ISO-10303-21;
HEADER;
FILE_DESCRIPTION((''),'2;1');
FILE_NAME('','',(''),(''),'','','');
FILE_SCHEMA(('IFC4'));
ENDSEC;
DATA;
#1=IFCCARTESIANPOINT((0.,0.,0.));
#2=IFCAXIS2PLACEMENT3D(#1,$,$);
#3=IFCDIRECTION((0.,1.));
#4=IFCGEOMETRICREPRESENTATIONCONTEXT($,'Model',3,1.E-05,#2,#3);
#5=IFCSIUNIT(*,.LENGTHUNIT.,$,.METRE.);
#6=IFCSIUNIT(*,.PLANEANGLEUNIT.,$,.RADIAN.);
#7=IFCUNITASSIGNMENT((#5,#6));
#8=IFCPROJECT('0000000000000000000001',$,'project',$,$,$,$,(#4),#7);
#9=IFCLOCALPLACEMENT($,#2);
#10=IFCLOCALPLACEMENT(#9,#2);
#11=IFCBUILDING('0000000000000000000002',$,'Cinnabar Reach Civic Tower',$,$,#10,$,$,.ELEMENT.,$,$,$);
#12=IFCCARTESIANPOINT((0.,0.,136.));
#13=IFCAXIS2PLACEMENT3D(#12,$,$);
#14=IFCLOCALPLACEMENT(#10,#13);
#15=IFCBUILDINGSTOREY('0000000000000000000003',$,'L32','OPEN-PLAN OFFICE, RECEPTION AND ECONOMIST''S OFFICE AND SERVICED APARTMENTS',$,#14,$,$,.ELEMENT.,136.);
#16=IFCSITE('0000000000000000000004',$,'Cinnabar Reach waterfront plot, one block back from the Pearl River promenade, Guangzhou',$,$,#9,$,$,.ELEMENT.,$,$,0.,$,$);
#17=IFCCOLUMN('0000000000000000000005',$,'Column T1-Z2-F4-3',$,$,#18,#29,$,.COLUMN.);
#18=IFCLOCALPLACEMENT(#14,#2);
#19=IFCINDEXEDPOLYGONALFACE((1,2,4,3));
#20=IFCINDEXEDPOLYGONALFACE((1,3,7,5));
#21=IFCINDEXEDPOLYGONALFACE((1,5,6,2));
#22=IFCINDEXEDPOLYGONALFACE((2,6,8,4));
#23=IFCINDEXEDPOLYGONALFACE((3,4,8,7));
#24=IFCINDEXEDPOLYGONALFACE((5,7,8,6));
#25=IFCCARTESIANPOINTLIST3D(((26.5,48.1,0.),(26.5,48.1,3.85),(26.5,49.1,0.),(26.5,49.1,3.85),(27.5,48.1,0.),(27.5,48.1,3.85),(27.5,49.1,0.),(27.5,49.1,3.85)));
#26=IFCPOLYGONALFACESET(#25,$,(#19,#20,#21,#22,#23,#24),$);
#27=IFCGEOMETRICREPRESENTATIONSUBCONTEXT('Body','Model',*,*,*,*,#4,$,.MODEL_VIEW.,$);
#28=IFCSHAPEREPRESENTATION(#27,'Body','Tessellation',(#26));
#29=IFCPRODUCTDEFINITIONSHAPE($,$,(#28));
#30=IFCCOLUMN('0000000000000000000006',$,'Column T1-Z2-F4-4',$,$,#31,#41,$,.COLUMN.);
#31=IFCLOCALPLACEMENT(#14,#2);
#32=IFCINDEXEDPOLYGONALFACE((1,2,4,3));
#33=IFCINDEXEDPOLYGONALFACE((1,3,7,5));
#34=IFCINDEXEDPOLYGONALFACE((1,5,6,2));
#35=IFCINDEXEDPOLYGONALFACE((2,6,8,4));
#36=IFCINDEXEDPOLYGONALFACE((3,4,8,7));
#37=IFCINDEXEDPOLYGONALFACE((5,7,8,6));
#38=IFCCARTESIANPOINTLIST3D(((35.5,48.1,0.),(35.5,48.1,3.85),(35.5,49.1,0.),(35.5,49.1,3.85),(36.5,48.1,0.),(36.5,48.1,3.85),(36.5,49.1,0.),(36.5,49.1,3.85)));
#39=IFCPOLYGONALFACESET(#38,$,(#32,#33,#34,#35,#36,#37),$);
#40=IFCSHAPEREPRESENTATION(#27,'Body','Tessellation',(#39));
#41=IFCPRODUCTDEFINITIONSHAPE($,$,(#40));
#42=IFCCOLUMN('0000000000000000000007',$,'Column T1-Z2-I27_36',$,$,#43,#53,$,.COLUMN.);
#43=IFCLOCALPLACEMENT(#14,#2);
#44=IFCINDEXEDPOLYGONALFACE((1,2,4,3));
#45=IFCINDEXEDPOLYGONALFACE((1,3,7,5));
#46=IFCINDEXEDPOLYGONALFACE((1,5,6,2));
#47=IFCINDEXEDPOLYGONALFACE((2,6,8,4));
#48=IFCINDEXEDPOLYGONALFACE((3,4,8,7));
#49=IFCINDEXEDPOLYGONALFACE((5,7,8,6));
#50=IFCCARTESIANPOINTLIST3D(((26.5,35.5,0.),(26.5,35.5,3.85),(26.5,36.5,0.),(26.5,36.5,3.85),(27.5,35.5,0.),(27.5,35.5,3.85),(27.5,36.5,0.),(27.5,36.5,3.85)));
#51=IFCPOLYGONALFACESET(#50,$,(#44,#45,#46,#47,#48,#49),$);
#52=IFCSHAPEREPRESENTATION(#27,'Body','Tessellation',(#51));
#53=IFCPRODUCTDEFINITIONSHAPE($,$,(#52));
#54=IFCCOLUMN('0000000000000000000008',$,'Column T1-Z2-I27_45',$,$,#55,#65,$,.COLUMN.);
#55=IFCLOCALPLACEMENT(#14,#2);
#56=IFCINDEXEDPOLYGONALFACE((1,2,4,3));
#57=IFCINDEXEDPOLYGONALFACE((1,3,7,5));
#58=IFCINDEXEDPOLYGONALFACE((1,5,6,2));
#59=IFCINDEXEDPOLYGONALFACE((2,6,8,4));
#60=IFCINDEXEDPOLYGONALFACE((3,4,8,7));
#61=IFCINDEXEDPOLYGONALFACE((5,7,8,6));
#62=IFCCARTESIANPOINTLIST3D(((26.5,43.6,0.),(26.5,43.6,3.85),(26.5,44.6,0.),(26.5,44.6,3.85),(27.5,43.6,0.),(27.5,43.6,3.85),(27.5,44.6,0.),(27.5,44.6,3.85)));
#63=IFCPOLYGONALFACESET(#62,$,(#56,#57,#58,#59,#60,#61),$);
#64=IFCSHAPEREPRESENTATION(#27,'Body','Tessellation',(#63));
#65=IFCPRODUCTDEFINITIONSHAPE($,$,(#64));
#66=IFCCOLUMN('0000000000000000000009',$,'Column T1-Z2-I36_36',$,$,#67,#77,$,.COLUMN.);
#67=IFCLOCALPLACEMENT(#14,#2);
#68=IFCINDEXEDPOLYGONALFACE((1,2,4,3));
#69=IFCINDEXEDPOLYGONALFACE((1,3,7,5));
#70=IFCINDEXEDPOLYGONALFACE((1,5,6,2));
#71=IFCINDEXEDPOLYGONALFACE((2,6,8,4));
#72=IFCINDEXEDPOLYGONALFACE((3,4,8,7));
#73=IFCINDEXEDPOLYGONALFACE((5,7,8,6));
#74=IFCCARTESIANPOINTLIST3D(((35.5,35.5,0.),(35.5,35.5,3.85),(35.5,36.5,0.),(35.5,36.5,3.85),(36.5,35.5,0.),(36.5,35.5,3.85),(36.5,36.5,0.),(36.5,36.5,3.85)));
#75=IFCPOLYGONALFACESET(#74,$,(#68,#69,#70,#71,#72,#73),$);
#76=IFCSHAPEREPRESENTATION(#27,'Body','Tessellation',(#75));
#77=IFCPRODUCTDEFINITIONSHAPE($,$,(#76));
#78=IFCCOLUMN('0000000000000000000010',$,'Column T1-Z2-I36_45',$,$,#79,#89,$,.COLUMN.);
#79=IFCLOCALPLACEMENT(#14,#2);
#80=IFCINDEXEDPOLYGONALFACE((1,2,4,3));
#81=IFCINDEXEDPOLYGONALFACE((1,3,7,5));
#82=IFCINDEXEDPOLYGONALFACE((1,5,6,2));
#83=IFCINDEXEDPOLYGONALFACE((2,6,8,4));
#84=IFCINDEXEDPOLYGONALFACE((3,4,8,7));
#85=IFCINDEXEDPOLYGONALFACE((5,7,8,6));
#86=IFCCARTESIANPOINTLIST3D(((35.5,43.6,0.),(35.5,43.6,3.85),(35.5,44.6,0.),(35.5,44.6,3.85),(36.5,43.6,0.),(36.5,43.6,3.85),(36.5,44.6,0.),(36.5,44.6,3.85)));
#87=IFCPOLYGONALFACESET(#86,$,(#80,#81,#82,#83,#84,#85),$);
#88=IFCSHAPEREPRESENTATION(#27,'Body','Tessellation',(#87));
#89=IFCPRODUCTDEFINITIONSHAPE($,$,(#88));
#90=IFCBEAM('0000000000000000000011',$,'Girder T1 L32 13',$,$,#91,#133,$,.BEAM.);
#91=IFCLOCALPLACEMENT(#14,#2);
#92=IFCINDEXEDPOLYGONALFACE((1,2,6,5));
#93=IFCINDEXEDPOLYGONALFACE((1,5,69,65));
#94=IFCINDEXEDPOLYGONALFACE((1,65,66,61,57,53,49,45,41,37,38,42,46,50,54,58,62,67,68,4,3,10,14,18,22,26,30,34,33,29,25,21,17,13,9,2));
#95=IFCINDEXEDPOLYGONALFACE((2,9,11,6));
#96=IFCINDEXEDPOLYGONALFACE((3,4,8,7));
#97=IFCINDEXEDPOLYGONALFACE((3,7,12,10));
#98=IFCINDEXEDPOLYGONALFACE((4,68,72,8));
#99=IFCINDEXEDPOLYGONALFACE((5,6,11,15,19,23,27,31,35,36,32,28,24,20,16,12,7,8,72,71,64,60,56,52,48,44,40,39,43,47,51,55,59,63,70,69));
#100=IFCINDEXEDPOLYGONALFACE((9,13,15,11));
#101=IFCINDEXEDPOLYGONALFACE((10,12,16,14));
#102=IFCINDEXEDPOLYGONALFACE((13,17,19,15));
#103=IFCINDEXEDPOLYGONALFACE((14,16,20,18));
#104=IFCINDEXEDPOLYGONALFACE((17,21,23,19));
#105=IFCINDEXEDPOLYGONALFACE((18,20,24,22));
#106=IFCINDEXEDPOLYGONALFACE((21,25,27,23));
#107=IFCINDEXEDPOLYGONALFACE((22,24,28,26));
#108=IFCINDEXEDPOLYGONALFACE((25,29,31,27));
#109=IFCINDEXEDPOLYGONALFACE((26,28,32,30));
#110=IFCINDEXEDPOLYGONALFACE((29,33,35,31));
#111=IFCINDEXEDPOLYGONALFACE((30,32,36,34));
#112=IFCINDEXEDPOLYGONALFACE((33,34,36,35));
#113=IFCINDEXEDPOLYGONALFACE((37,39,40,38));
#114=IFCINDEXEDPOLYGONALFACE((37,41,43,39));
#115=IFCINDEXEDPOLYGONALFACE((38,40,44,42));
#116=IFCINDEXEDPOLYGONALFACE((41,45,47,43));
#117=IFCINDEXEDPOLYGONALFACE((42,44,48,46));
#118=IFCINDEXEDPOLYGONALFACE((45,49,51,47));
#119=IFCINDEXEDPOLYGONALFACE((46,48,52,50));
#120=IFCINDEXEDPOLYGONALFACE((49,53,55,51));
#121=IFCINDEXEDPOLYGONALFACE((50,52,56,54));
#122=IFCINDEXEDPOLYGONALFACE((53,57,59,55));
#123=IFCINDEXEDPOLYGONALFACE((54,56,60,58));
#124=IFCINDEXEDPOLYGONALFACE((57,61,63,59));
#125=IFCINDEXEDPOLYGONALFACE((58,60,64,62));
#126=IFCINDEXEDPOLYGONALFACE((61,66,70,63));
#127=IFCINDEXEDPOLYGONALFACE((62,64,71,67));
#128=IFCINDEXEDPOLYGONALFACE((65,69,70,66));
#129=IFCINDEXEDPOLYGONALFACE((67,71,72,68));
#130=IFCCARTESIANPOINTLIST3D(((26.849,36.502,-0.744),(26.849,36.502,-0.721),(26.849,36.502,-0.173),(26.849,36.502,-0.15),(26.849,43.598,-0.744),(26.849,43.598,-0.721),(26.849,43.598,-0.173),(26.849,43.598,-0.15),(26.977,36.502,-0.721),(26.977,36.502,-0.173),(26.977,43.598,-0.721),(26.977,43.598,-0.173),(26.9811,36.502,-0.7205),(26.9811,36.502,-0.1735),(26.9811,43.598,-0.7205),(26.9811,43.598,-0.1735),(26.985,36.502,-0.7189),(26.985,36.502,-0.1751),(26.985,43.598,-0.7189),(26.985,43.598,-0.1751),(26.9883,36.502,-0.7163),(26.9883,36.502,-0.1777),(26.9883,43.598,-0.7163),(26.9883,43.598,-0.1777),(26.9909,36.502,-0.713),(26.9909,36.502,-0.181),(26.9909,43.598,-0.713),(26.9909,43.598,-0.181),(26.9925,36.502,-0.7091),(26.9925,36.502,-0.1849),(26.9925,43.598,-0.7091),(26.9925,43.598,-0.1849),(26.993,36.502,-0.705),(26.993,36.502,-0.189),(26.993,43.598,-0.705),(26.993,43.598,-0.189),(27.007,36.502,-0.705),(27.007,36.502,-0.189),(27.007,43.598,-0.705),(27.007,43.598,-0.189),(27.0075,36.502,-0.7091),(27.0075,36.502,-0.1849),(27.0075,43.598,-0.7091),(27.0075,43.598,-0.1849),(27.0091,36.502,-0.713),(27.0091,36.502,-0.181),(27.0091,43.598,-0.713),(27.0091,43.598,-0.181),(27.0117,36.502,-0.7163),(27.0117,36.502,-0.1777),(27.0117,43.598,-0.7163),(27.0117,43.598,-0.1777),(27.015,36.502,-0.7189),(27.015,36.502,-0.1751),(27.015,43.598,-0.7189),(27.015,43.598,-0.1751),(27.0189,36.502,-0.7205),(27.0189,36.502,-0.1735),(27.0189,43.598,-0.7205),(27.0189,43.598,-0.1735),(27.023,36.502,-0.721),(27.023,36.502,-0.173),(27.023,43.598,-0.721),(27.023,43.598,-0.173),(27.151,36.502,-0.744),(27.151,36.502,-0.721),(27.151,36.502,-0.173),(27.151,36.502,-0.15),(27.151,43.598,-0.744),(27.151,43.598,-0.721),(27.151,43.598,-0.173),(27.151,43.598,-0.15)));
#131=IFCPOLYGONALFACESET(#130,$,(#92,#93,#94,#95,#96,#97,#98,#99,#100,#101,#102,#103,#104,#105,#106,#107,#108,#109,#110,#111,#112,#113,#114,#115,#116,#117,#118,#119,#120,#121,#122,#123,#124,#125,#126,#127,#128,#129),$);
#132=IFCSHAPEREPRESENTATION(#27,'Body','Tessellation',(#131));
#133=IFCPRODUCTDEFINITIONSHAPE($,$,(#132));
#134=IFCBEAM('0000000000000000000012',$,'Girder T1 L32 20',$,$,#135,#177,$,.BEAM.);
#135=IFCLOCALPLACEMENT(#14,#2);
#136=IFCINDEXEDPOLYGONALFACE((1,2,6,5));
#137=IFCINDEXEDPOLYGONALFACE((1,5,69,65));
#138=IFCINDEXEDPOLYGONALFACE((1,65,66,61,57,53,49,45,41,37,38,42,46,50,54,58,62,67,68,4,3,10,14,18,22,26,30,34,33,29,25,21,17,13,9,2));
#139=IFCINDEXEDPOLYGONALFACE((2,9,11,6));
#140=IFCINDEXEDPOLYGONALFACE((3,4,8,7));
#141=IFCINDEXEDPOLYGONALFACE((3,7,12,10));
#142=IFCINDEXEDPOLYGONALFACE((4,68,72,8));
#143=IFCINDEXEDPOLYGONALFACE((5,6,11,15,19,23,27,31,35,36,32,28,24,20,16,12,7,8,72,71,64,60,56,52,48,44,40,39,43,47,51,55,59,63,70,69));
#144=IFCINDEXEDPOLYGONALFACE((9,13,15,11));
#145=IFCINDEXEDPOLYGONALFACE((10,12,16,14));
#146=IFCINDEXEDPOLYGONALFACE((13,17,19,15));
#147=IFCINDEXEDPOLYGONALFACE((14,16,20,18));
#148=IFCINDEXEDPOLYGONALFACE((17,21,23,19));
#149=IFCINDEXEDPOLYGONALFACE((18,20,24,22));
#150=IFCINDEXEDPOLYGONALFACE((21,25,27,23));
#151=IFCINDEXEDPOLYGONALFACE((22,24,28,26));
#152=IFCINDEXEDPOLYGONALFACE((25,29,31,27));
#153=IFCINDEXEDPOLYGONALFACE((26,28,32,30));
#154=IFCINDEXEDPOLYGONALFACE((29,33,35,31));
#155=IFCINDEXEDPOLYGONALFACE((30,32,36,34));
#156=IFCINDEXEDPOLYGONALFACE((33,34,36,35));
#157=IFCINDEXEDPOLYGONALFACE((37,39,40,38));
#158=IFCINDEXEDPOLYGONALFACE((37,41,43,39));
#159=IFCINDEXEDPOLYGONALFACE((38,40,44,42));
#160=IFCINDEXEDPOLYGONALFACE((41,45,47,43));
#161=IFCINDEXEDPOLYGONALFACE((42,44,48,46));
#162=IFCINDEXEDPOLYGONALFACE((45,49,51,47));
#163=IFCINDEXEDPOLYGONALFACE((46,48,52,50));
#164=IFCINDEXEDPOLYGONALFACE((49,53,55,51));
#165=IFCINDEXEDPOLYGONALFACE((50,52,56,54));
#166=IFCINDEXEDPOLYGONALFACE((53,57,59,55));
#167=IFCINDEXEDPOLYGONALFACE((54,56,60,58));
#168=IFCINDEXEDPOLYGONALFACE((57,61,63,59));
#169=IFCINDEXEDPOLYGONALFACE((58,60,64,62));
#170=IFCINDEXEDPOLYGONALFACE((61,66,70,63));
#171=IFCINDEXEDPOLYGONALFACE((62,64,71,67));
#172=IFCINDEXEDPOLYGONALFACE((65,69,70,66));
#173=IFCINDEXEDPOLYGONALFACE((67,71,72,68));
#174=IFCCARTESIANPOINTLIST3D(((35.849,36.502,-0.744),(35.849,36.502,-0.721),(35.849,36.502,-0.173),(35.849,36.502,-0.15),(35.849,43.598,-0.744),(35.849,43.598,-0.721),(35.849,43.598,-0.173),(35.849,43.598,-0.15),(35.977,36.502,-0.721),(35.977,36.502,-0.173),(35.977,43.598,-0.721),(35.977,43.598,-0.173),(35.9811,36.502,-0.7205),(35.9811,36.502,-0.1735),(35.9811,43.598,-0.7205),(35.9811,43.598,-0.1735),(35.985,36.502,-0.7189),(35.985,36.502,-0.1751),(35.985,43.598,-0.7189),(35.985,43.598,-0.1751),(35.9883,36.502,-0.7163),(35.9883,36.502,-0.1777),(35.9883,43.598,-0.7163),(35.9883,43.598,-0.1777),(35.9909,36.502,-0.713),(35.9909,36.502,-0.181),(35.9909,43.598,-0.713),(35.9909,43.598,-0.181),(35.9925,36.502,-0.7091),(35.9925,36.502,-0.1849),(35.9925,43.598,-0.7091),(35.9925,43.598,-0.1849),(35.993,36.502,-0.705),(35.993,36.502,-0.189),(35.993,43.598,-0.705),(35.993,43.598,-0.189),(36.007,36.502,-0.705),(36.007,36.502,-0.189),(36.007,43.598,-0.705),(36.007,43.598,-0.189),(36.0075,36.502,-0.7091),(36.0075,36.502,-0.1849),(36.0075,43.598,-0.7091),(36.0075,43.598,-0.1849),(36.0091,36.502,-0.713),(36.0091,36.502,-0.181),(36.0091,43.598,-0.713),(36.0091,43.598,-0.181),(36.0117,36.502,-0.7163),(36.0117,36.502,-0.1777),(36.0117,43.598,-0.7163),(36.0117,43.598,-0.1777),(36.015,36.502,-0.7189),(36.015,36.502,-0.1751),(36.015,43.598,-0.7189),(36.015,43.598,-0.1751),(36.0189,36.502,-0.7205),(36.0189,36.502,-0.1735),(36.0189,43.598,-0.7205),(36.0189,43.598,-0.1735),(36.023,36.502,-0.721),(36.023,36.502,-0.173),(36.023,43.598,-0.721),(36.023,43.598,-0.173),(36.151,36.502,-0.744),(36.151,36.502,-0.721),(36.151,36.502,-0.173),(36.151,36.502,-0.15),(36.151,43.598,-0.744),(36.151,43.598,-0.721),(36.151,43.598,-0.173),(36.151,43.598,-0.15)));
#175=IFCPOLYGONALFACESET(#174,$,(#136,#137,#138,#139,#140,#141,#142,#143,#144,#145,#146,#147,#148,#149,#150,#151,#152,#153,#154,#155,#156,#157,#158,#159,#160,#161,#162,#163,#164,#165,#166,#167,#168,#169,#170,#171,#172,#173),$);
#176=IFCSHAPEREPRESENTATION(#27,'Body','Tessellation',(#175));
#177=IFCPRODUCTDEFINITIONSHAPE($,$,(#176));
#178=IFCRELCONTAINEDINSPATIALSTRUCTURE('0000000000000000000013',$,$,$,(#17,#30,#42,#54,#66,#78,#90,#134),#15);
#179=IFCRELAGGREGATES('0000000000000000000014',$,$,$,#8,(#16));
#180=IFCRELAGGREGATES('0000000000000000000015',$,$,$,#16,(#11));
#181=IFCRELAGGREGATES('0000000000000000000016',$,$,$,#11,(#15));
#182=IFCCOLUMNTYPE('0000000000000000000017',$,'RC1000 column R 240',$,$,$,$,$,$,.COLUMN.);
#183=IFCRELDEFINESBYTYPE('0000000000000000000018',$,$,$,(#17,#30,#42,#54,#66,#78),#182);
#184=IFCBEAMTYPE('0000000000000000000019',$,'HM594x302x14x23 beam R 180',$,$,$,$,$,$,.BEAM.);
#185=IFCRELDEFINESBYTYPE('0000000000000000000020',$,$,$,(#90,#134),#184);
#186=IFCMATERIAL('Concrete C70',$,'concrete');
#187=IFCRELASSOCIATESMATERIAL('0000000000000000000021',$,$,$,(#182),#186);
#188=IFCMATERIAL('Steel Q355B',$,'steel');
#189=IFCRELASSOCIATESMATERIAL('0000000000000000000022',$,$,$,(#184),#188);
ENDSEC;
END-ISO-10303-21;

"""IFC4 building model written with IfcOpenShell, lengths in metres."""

from ifc_helpers import new_model, si_unit, direction, frame, origin, origin_2d, place, context, subcontext, project, spatial, rectangle, i_section, extrude, material, material_profile, profile_set, type_object, element, save


model = new_model("IFC4")

# Units and contexts
model_context = context("Model", 3, precision=1e-05, world=origin(), true_north=direction((0.0, 1.0)))
body_context = subcontext(model_context, "Body", "Model", "MODEL_VIEW")
ifc_project = project(units=[si_unit("LENGTHUNIT", "METRE"), si_unit("PLANEANGLEUNIT", "RADIAN")], contexts=[model_context])

# Site, building, storey
site_placement = place(None, origin())
site = spatial("IfcSite", under=ifc_project, at=site_placement, Name="Cinnabar Reach waterfront plot, one block back from the Pearl River promenade, Guangzhou", CompositionType="ELEMENT", RefElevation=0.0)
building_placement = place(site_placement, origin())
building = spatial("IfcBuilding", under=site, at=building_placement, Name="Cinnabar Reach Civic Tower", CompositionType="ELEMENT")
storey_placement = place(building_placement, frame((0.0, 0.0, 136.0)))
storey = spatial("IfcBuildingStorey", under=building, at=storey_placement, Name="L32", Description="OPEN-PLAN OFFICE, RECEPTION AND ECONOMIST'S OFFICE AND SERVICED APARTMENTS", CompositionType="ELEMENT", Elevation=136.0)

# Columns
ifc_material_1 = material(Name="Concrete C70", Category="concrete")
ifc_material_profile_1 = material_profile(ifc_material_1, rectangle(XDim=1.0, YDim=1.0, at=origin_2d()), Name="RC1000")
ifc_profile_set_1 = profile_set([ifc_material_profile_1], Name="Concrete C70")
column_type = type_object("IfcColumnType", Name="RC1000 column R 240", PredefinedType="COLUMN", material=ifc_profile_set_1)
for number, where, z_axis, x_axis, name in (
    (1, (27.0, 48.6, 0.0), (0.0, 0.0, 1.0), (1.0, 0.0, 0.0), "Column T1-Z2-F4-3"),
    (2, (36.0, 48.6, 0.0), (0.0, 0.0, 1.0), (1.0, 0.0, 0.0), "Column T1-Z2-F4-4"),
    (3, (27.0, 36.0, 0.0), (0.0, 0.0, 1.0), (1.0, 0.0, 0.0), "Column T1-Z2-I27_36"),
    (4, (27.0, 44.1, 0.0), (0.0, 0.0, 1.0), (1.0, 0.0, 0.0), "Column T1-Z2-I27_45"),
    (5, (36.0, 36.0, 0.0), (0.0, 0.0, 1.0), (1.0, 0.0, 0.0), "Column T1-Z2-I36_36"),
    (6, (36.0, 44.1, 0.0), (0.0, 0.0, 1.0), (1.0, 0.0, 0.0), "Column T1-Z2-I36_45"),
):
    element("IfcColumn", number, at=place(storey_placement, frame(where, z_axis=z_axis, x_axis=x_axis)), inside=storey, type_object=column_type, Name=name, PredefinedType="COLUMN", context=body_context, shape_type="SweptSolid", body=[
        extrude(rectangle(XDim=1.0, YDim=1.0, at=origin_2d()), origin(), (0.0, 0.0, 1.0), 3.85),
    ])

# Beams
ifc_material_2 = material(Name="Steel Q355B", Category="steel")
ifc_material_profile_2 = material_profile(ifc_material_2, i_section(OverallWidth=0.302, OverallDepth=0.594, WebThickness=0.014, FlangeThickness=0.023, FilletRadius=0.016, at=origin_2d()), Name="HM594x302x14x23")
ifc_profile_set_2 = profile_set([ifc_material_profile_2], Name="Steel Q355B")
beam_type_1 = type_object("IfcBeamType", Name="HM594x302x14x23 beam R 180", PredefinedType="BEAM", material=ifc_profile_set_2)
for number, where, z_axis, x_axis, name in (
    (7, (27.0, 36.502, -0.447), (0.0, 1.0, 0.0), (-1.0, 0.0, 0.0), "Girder T1 L32 13"),
    (8, (36.0, 36.502, -0.447), (0.0, 1.0, 0.0), (-1.0, 0.0, 0.0), "Girder T1 L32 20"),
):
    element("IfcBeam", number, at=place(storey_placement, frame(where, z_axis=z_axis, x_axis=x_axis)), inside=storey, type_object=beam_type_1, Name=name, PredefinedType="BEAM", context=body_context, shape_type="SweptSolid", body=[
        extrude(i_section(OverallWidth=0.302, OverallDepth=0.594, WebThickness=0.014, FlangeThickness=0.023, FilletRadius=0.016, at=origin_2d()), origin(), (0.0, 0.0, 1.0), 7.096),
    ])

save(model, "model.ifc")
